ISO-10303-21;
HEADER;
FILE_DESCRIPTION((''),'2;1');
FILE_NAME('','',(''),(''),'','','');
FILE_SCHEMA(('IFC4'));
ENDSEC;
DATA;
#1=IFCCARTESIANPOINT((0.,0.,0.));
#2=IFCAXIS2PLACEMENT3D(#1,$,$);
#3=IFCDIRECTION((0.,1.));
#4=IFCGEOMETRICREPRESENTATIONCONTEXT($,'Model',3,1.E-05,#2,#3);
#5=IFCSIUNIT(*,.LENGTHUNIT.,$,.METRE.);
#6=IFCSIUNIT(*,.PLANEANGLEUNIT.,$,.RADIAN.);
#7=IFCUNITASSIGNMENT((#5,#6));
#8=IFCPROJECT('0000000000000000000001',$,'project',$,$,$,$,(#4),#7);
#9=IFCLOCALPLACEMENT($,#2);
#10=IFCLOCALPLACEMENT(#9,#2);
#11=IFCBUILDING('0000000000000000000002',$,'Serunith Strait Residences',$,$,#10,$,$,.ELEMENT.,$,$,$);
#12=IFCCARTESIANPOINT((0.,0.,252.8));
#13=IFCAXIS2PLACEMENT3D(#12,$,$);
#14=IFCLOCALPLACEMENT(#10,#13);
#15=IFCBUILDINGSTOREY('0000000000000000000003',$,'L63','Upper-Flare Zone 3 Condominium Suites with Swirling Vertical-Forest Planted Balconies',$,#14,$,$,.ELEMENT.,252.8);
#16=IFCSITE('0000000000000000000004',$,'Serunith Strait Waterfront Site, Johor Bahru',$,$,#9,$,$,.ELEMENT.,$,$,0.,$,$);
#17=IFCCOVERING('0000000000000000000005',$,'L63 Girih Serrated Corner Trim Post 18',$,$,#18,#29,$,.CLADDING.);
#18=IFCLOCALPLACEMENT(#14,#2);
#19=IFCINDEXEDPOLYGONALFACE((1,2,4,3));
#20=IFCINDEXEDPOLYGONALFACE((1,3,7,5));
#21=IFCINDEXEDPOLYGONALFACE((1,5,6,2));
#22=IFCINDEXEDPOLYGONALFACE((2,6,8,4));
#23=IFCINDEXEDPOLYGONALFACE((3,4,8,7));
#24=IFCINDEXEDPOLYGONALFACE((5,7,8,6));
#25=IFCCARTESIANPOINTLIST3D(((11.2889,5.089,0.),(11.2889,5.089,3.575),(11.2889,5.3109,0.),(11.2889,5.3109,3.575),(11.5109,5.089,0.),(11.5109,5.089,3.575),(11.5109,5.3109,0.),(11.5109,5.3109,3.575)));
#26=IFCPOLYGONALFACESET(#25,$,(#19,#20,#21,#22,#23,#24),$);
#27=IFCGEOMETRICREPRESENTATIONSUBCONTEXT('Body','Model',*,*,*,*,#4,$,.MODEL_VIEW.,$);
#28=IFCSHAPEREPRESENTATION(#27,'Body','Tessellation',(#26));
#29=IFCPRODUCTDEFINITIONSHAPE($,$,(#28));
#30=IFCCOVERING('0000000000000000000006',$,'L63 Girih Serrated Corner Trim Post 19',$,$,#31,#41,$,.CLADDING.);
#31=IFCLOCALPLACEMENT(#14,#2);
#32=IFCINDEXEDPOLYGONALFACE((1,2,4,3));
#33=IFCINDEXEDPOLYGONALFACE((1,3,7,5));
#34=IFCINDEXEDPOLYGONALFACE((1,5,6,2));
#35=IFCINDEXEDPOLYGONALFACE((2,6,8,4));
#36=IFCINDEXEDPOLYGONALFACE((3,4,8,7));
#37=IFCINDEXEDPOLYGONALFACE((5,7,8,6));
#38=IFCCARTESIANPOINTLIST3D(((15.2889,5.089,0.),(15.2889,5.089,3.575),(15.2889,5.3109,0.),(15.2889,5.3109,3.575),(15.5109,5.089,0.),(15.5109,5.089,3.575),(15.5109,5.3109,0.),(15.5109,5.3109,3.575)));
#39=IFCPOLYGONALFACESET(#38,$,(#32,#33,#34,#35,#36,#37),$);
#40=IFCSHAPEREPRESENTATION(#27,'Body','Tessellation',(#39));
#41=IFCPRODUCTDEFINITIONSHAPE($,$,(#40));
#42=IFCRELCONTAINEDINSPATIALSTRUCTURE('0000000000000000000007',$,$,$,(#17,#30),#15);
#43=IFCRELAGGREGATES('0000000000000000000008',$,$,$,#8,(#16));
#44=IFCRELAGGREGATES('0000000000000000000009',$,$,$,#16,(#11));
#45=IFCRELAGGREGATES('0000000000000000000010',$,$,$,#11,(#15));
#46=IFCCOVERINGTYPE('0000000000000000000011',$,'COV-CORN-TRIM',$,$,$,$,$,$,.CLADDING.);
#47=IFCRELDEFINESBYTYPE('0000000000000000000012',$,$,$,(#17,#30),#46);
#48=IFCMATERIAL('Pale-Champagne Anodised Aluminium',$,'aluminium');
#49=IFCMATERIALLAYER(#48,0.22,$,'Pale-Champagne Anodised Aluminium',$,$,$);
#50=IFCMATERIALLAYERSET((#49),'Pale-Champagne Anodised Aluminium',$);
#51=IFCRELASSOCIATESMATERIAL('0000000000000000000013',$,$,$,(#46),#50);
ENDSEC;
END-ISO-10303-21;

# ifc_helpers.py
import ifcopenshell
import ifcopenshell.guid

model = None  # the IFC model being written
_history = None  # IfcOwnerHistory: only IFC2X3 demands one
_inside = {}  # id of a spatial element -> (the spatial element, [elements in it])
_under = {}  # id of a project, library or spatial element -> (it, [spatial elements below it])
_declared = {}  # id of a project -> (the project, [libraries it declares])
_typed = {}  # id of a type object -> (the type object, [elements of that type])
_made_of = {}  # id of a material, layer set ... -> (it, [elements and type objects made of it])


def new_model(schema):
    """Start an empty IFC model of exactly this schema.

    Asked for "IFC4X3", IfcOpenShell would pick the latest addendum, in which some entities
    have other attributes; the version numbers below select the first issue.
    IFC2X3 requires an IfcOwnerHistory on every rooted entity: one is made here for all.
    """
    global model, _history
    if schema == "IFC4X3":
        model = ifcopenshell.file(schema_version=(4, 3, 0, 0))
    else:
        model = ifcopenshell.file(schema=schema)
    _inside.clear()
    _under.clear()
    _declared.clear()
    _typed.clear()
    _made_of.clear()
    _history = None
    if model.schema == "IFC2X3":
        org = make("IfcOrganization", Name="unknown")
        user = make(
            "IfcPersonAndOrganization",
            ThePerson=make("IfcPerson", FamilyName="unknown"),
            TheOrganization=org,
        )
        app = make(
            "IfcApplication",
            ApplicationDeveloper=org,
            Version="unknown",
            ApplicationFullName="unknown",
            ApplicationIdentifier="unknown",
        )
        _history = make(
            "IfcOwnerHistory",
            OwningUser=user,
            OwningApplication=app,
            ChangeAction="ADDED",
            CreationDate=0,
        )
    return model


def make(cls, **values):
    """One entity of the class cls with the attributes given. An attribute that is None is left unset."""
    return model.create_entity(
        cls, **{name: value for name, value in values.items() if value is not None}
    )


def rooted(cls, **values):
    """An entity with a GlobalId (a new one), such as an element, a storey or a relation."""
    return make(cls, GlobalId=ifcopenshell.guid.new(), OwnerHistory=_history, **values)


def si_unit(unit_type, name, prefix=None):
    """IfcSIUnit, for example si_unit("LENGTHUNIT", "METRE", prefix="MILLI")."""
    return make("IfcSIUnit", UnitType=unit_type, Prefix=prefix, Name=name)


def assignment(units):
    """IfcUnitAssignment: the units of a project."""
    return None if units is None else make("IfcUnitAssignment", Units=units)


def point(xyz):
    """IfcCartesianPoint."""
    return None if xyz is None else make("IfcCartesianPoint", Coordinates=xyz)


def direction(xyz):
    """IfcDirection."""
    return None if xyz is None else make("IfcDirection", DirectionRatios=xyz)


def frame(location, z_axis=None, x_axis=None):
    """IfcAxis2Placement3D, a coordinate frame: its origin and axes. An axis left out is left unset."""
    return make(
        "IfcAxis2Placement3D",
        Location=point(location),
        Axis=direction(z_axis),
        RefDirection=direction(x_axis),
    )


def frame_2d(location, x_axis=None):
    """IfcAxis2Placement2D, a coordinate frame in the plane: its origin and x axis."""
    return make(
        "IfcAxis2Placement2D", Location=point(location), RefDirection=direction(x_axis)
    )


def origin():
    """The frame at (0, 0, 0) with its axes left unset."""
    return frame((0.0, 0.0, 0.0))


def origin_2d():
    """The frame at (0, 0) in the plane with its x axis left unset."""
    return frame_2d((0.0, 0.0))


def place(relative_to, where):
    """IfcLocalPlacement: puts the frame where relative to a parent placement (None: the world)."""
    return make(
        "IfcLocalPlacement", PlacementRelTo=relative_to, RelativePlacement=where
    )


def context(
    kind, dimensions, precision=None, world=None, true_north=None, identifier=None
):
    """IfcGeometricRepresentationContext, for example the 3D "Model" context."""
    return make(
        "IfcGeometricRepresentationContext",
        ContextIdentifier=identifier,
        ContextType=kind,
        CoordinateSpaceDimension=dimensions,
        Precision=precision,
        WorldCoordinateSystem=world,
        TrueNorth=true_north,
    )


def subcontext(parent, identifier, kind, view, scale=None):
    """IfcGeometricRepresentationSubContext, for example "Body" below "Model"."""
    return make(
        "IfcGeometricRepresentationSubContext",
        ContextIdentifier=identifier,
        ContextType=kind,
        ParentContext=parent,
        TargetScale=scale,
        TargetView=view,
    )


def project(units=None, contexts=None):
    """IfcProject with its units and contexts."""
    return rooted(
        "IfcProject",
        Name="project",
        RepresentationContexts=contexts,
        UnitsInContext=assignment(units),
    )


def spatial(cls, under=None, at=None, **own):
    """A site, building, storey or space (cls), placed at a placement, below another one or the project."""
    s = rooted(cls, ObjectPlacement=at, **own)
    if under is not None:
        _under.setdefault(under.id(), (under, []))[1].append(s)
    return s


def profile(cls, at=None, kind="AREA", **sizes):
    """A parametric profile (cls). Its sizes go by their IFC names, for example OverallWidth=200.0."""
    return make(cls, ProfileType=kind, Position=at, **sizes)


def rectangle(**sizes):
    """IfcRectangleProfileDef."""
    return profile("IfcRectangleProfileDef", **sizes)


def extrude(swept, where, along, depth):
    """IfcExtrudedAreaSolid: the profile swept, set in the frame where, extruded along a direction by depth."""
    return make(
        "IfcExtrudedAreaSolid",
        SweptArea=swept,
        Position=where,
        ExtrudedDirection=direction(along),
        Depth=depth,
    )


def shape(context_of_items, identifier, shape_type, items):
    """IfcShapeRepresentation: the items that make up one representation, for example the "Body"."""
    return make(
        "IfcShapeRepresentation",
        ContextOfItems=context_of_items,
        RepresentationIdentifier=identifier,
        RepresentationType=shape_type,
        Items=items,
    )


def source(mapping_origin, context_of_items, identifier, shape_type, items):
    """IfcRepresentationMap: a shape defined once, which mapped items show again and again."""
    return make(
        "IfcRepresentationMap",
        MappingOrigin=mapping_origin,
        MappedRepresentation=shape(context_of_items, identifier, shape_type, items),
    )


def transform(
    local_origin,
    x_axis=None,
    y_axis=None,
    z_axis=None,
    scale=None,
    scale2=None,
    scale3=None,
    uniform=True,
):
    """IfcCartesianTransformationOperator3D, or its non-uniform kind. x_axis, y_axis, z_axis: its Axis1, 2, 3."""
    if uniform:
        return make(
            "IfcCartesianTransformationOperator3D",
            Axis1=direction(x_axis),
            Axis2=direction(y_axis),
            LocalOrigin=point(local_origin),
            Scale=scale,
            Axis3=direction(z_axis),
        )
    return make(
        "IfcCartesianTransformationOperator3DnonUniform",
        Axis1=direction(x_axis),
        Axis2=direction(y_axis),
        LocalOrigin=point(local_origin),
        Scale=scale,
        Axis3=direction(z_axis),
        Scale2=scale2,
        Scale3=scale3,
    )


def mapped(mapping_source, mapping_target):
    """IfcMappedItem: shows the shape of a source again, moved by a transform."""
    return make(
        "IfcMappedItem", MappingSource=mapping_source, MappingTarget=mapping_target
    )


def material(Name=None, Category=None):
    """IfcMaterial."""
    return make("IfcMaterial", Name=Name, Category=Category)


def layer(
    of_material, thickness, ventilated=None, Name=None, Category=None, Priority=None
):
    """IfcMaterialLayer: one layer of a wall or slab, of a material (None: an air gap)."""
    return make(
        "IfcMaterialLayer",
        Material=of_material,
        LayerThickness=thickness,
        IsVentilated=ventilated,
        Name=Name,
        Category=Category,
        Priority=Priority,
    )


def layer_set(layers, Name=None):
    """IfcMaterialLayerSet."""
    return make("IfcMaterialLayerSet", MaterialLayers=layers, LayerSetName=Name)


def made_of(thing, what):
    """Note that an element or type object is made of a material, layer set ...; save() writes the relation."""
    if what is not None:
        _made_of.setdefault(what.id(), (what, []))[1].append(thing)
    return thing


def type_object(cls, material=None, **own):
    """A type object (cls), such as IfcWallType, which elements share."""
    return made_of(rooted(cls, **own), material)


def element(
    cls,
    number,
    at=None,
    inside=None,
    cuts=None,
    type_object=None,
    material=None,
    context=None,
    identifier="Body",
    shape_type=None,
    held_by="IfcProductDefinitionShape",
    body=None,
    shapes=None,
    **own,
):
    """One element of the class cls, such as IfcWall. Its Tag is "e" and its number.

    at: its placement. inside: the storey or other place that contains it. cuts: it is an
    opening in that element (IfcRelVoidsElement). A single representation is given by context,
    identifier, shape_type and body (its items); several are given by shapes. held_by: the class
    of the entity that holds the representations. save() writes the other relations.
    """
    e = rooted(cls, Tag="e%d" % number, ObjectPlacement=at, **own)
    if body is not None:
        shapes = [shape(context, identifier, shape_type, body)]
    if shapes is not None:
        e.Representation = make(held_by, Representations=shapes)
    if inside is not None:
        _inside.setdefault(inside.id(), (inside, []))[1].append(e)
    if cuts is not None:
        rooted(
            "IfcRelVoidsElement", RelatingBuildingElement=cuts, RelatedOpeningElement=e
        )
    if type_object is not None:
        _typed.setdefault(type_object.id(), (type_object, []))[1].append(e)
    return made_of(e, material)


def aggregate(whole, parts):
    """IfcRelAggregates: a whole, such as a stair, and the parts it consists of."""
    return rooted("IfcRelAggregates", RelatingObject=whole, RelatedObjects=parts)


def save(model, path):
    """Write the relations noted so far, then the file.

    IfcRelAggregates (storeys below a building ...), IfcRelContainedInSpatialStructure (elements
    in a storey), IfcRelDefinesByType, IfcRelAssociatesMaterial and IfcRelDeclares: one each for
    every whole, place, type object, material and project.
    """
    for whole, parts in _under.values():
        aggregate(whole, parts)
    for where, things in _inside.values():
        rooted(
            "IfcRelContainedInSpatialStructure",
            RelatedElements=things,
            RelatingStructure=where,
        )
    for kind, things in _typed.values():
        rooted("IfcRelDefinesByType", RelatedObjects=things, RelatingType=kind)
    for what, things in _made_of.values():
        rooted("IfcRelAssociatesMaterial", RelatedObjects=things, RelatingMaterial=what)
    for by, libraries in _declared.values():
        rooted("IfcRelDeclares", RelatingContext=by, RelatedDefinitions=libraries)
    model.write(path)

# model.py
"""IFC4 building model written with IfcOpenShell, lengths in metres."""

from ifc_helpers import new_model, si_unit, direction, frame, origin, origin_2d, place, context, subcontext, project, spatial, rectangle, extrude, source, transform, mapped, material, layer, layer_set, type_object, element, save


model = new_model("IFC4")

# Units and contexts
model_context = context("Model", 3, precision=1e-05, world=origin(), true_north=direction((0.0, 1.0)))
body_context = subcontext(model_context, "Body", "Model", "MODEL_VIEW")
ifc_project = project(units=[si_unit("LENGTHUNIT", "METRE"), si_unit("PLANEANGLEUNIT", "RADIAN")], contexts=[model_context])

# Site, building, storey
site_placement = place(None, origin())
site = spatial("IfcSite", under=ifc_project, at=site_placement, Name="Serunith Strait Waterfront Site, Johor Bahru", CompositionType="ELEMENT", RefElevation=0.0)
building_placement = place(site_placement, origin())
building = spatial("IfcBuilding", under=site, at=building_placement, Name="Serunith Strait Residences", CompositionType="ELEMENT")
storey_placement = place(building_placement, frame((0.0, 0.0, 252.8)))
storey = spatial("IfcBuildingStorey", under=building, at=storey_placement, Name="L63", Description="Upper-Flare Zone 3 Condominium Suites with Swirling Vertical-Forest Planted Balconies", CompositionType="ELEMENT", Elevation=252.8)

# Shared definitions
ifc_material_1 = material(Name="Pale-Champagne Anodised Aluminium", Category="aluminium")

# Coverings
ifc_layer_1 = layer(ifc_material_1, 0.22, Name="Pale-Champagne Anodised Aluminium")
ifc_layer_set_1 = layer_set([ifc_layer_1], Name="Pale-Champagne Anodised Aluminium")
covering_type_1 = type_object("IfcCoveringType", Name="COV-CORN-TRIM", PredefinedType="CLADDING", material=ifc_layer_set_1)
shared_shape_1 = source(origin(), body_context, "Body", "SweptSolid", [
    extrude(rectangle(XDim=0.2219, YDim=0.2219, at=origin_2d()), origin(), (0.0, 0.0, 1.0), 3.575),
])
for number, where, z_axis, x_axis, name in (
    (1, (11.3999, 5.2, 0.0), (0.0, 0.0, 1.0), (1.0, 0.0, 0.0), "L63 Girih Serrated Corner Trim Post 18"),
    (2, (15.3999, 5.2, 0.0), (0.0, 0.0, 1.0), (1.0, 0.0, 0.0), "L63 Girih Serrated Corner Trim Post 19"),
):
    element("IfcCovering", number, at=place(storey_placement, frame(where, z_axis=z_axis, x_axis=x_axis)), inside=storey, type_object=covering_type_1, Name=name, PredefinedType="CLADDING", context=body_context, shape_type="MappedRepresentation", body=[
        mapped(shared_shape_1, transform((0.0, 0.0, 0.0), scale=1.0)),
    ])

save(model, "model.ifc")
